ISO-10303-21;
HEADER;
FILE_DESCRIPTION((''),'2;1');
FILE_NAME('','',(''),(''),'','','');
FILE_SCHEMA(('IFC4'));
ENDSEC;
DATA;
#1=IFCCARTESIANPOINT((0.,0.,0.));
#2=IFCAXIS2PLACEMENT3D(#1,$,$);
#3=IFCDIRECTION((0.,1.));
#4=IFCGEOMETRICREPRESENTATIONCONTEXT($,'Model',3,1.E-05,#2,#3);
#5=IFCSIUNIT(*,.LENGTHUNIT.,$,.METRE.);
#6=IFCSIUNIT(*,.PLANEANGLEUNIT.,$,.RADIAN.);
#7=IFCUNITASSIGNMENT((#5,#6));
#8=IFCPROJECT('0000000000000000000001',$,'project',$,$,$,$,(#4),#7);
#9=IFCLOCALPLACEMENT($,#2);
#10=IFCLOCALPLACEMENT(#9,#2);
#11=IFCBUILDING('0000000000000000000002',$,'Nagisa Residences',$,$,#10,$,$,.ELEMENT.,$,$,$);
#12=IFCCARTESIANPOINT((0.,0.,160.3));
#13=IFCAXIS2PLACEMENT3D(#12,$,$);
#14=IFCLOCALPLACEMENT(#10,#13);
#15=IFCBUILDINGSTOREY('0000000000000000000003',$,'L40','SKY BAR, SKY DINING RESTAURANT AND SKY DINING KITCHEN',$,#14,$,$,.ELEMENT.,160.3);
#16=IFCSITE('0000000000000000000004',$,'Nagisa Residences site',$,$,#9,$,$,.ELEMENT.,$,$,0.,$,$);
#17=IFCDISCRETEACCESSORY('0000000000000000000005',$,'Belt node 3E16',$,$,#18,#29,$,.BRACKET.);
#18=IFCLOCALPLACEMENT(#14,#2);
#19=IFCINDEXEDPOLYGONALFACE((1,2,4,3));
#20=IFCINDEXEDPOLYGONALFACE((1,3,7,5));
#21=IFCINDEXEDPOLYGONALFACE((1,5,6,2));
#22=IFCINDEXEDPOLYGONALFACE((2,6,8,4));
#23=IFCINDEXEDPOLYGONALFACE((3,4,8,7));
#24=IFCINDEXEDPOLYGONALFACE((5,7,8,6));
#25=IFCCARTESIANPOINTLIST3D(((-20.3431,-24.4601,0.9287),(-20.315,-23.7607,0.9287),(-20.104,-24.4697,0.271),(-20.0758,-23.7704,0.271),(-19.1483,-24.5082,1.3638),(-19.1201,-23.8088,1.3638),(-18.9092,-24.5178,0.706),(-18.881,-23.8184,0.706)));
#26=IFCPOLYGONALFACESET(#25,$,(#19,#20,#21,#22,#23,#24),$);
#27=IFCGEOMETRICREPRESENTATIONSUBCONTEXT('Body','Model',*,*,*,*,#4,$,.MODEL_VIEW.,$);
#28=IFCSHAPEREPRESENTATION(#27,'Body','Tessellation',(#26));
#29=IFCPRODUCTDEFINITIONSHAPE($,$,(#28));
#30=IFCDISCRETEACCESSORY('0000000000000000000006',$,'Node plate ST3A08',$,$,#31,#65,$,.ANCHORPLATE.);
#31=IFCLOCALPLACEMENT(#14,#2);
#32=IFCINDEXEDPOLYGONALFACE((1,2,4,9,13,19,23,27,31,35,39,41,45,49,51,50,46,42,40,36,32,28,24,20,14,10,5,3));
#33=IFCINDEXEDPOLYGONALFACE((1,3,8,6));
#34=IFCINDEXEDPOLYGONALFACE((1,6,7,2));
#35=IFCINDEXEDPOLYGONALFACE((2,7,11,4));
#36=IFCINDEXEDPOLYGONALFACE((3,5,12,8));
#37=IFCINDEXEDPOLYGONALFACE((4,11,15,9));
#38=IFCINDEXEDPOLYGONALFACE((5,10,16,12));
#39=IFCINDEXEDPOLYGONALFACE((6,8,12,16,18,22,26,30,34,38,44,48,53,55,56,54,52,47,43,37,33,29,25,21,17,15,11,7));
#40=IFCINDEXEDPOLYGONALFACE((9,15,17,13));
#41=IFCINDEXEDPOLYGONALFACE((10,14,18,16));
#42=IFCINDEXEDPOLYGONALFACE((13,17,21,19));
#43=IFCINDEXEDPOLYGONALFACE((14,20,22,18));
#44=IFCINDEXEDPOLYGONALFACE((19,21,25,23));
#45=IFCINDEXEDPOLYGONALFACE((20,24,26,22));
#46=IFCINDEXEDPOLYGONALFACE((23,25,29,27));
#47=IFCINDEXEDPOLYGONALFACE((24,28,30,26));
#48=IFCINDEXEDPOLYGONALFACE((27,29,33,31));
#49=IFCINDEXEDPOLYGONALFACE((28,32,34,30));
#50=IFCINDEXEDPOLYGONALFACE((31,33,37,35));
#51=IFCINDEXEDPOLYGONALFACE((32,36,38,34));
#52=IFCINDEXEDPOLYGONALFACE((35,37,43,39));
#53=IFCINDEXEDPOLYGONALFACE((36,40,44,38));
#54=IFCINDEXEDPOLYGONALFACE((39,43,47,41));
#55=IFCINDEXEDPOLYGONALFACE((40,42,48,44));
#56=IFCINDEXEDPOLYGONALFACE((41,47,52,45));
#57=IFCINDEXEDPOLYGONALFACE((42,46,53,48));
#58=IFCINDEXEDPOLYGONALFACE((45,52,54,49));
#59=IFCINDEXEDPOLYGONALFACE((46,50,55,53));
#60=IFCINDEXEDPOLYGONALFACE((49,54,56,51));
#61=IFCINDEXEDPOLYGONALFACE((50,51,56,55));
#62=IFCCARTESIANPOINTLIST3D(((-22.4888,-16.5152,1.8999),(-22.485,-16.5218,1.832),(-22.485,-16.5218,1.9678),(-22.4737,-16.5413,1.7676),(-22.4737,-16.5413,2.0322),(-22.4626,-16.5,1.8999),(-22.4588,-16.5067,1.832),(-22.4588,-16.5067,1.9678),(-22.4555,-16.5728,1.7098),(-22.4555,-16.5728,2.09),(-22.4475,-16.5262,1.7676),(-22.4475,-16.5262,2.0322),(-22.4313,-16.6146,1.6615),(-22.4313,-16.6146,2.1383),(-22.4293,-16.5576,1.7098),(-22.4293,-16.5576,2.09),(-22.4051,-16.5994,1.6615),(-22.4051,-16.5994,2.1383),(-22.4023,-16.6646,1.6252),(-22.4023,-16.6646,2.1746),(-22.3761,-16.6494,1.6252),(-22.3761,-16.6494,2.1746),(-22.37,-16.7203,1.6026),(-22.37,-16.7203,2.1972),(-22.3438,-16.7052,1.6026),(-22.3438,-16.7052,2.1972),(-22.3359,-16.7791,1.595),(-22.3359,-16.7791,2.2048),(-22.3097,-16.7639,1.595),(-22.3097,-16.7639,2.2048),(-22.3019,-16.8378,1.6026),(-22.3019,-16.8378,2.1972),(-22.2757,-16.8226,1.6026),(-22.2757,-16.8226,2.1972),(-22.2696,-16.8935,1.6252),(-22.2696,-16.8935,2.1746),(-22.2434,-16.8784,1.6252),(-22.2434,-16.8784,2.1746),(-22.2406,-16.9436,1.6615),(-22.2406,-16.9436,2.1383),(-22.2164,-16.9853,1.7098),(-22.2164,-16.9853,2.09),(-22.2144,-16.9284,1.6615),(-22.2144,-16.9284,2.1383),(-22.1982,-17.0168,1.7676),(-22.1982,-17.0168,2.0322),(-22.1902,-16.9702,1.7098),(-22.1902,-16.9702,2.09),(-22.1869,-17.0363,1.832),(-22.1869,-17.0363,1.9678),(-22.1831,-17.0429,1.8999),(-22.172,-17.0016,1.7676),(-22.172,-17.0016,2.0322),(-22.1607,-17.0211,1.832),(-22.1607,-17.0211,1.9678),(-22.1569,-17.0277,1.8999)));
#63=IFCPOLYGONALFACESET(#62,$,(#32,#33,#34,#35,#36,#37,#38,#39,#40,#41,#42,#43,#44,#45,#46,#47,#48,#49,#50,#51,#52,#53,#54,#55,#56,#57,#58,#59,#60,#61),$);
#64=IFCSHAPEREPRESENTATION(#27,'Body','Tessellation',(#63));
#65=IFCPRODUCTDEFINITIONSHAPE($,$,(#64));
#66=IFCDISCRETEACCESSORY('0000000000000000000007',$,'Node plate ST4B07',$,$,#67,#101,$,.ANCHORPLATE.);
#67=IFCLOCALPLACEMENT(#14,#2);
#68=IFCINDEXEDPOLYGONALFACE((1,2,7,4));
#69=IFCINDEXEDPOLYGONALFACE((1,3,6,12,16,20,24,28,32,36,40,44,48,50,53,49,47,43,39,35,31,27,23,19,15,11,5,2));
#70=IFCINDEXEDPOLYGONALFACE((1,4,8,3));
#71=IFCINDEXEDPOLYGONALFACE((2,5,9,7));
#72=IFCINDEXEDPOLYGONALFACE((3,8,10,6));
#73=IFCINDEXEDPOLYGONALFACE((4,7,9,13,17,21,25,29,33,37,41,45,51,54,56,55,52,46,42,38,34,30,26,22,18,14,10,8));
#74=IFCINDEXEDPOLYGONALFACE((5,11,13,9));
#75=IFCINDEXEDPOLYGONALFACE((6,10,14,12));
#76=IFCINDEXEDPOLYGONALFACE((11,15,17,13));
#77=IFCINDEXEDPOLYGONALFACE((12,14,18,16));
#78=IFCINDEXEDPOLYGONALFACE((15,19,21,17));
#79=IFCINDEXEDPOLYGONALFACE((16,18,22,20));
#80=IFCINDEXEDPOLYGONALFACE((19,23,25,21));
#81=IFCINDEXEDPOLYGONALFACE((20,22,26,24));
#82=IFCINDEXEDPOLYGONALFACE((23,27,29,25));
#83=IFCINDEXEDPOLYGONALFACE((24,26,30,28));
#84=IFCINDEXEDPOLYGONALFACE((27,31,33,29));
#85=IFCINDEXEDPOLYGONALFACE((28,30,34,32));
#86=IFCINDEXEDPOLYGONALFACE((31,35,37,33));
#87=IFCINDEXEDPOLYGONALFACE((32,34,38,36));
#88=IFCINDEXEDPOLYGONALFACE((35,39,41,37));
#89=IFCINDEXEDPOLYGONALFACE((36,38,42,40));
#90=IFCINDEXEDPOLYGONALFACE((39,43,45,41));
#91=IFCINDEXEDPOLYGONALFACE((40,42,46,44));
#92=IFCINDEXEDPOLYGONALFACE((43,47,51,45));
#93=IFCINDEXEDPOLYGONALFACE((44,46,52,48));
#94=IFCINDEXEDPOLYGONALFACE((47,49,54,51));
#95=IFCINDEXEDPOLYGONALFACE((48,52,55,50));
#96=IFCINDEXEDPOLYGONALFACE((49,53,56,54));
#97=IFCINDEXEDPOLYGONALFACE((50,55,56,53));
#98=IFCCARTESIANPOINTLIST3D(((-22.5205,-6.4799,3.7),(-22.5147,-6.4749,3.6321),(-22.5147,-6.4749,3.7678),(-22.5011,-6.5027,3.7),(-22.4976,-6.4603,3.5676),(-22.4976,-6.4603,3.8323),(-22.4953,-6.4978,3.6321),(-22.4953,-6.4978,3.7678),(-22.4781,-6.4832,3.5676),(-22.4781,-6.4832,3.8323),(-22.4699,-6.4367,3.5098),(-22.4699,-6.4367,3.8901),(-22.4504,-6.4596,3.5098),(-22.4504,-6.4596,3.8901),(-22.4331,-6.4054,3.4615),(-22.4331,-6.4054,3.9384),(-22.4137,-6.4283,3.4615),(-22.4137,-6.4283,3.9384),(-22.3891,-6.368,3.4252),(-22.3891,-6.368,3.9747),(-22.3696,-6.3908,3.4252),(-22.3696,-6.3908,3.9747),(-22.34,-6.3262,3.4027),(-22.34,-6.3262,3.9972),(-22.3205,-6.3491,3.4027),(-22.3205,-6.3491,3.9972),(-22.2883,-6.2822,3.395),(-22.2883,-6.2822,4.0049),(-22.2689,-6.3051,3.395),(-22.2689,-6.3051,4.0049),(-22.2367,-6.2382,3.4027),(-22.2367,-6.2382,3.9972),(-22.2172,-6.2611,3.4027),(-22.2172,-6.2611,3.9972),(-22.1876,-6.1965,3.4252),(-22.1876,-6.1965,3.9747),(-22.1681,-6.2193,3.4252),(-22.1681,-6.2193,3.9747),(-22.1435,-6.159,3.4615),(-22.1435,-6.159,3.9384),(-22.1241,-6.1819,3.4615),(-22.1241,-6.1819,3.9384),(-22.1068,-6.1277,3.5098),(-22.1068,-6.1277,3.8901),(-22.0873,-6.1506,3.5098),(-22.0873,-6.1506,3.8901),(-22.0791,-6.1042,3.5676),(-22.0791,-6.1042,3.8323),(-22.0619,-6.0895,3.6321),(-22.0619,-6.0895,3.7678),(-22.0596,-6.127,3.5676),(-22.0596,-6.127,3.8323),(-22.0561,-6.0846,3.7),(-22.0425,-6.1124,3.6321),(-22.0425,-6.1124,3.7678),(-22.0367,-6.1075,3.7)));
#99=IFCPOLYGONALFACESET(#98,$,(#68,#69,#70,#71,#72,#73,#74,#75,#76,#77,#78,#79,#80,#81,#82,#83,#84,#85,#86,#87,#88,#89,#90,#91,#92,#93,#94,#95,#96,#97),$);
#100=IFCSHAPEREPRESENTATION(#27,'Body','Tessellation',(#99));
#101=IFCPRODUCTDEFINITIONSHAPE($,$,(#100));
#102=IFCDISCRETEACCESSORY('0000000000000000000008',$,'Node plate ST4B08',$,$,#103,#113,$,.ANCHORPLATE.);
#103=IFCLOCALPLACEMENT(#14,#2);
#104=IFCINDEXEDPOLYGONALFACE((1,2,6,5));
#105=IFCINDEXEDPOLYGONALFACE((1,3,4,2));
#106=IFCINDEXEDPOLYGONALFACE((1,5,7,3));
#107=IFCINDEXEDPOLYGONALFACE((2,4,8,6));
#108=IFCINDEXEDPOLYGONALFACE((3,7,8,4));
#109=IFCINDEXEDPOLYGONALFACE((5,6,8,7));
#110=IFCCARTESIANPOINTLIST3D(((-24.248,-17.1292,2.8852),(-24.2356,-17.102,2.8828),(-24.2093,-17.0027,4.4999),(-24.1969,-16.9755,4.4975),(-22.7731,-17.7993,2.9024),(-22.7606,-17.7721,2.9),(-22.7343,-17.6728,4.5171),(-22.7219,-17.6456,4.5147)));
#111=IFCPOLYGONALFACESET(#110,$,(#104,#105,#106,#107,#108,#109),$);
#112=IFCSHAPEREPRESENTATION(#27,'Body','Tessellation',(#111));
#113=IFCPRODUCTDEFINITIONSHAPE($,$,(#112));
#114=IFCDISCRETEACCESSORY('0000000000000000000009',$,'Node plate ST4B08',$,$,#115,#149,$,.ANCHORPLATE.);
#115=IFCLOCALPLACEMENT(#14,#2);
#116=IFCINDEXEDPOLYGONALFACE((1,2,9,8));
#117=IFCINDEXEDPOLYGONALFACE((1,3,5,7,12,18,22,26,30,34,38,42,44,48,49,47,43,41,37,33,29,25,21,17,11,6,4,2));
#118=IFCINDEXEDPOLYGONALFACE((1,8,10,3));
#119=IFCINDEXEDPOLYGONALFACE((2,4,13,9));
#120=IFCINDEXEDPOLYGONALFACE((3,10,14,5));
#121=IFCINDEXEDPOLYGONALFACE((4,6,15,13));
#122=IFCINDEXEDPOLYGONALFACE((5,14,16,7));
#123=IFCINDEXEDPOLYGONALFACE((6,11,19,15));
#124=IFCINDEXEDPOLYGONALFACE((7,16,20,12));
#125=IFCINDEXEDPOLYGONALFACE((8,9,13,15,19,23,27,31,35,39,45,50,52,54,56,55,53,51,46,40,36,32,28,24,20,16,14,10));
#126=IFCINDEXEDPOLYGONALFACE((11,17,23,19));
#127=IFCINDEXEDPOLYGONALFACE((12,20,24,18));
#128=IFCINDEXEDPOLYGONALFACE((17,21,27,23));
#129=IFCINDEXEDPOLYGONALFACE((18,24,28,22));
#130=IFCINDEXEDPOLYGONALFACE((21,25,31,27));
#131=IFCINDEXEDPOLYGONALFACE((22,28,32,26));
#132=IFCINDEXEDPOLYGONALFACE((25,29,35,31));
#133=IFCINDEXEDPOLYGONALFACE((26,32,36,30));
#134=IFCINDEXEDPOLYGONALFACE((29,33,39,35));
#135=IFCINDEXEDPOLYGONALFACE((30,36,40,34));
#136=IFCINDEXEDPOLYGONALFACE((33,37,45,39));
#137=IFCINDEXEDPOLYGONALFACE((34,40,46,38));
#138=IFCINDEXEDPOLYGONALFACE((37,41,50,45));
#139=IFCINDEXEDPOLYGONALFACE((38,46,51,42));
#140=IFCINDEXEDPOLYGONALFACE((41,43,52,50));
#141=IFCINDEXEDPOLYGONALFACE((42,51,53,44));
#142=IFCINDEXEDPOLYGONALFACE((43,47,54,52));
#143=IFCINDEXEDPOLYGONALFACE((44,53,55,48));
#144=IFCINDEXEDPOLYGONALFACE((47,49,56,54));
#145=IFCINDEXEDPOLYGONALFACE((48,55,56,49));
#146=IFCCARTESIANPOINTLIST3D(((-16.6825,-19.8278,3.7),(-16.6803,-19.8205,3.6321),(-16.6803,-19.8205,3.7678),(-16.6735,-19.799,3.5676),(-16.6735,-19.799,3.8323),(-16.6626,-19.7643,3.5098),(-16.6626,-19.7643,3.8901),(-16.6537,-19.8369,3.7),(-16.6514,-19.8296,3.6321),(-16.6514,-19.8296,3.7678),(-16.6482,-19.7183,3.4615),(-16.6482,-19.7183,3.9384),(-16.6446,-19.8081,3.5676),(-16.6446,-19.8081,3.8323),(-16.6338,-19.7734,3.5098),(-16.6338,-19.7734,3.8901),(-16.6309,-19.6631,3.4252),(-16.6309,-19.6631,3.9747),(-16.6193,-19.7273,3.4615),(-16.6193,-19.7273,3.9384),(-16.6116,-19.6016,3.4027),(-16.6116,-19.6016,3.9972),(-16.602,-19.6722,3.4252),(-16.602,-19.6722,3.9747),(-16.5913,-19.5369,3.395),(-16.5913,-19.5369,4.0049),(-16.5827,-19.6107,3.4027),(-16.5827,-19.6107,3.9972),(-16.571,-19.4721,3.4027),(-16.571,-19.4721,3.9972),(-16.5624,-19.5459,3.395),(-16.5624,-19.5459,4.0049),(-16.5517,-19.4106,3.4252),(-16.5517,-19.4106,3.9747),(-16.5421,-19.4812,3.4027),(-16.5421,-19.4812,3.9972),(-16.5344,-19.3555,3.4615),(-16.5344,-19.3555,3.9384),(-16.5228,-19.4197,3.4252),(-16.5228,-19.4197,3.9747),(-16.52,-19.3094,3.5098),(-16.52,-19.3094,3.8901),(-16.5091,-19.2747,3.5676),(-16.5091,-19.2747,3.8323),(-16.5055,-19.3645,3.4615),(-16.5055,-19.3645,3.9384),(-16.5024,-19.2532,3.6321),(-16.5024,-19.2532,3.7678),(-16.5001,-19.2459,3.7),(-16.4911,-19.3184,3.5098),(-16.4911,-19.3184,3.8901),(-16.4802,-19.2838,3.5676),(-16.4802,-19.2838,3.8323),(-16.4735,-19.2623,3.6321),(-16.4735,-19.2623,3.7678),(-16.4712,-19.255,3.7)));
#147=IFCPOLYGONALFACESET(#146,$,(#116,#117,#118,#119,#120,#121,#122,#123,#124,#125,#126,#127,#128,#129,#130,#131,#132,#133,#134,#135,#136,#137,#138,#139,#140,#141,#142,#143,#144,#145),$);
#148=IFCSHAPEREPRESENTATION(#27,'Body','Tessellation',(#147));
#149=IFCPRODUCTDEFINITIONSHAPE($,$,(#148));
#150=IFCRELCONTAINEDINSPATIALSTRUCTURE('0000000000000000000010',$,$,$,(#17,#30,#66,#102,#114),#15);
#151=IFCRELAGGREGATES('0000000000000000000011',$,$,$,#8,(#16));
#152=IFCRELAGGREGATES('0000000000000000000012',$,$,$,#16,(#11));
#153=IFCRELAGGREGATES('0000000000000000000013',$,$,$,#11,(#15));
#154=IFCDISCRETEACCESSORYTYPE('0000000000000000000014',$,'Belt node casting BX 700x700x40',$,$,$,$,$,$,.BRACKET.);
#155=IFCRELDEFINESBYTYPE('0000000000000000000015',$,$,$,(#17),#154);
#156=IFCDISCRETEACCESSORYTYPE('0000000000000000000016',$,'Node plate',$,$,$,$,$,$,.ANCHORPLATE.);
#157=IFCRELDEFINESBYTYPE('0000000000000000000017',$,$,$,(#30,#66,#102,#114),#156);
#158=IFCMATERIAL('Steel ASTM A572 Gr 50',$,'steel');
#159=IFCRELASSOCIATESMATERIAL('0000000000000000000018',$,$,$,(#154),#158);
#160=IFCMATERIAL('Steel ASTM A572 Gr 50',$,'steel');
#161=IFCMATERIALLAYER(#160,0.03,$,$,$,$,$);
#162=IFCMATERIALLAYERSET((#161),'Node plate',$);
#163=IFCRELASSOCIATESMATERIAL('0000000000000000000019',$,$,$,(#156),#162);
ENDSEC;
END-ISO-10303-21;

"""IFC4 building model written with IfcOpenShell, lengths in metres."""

from ifc_helpers import new_model, si_unit, direction, frame, origin, origin_2d, place, context, subcontext, project, spatial, rectangle, circle, extrude, material, layer, layer_set, type_object, element, save


model = new_model("IFC4")

# Units and contexts
model_context = context("Model", 3, precision=1e-05, world=origin(), true_north=direction((0.0, 1.0)))
body_context = subcontext(model_context, "Body", "Model", "MODEL_VIEW")
ifc_project = project(units=[si_unit("LENGTHUNIT", "METRE"), si_unit("PLANEANGLEUNIT", "RADIAN")], contexts=[model_context])

# Site, building, storey
site_placement = place(None, origin())
site = spatial("IfcSite", under=ifc_project, at=site_placement, Name="Nagisa Residences site", CompositionType="ELEMENT", RefElevation=0.0)
building_placement = place(site_placement, origin())
building = spatial("IfcBuilding", under=site, at=building_placement, Name="Nagisa Residences", CompositionType="ELEMENT")
storey_placement = place(building_placement, frame((0.0, 0.0, 160.3)))
storey = spatial("IfcBuildingStorey", under=building, at=storey_placement, Name="L40", Description="SKY BAR, SKY DINING RESTAURANT AND SKY DINING KITCHEN", CompositionType="ELEMENT", Elevation=160.3)

# Discrete accessories
ifc_material_1 = material(Name="Steel ASTM A572 Gr 50", Category="steel")
discrete_accessory_type_1 = type_object("IfcDiscreteAccessoryType", Name="Belt node casting BX 700x700x40", PredefinedType="BRACKET", material=ifc_material_1)
discrete_accessory_1_placement = place(storey_placement, frame((-20.2095, -24.1152, 0.5999), z_axis=(0.938976, -0.037797, 0.341899), x_axis=(0.040221, 0.999191, 0.0)))
element("IfcDiscreteAccessory", 1, at=discrete_accessory_1_placement, inside=storey, type_object=discrete_accessory_type_1, Name="Belt node 3E16", PredefinedType="BRACKET", context=body_context, shape_type="SweptSolid", body=[
    extrude(rectangle(XDim=0.7, YDim=0.7, at=origin_2d()), origin(), (0.0, 0.0, 1.0), 1.2725),
])
ifc_material_2 = material(Name="Steel ASTM A572 Gr 50", Category="steel")
ifc_layer = layer(ifc_material_2, 0.03)
ifc_layer_set = layer_set([ifc_layer], Name="Node plate")
discrete_accessory_type_2 = type_object("IfcDiscreteAccessoryType", Name="Node plate", PredefinedType="ANCHORPLATE", material=ifc_layer_set)
discrete_accessory_2_placement = place(storey_placement, frame((-22.3359, -16.7791, 1.8999), z_axis=(0.865242, 0.501355, 0.0), x_axis=(-0.501355, 0.865242, 0.0)))
element("IfcDiscreteAccessory", 2, at=discrete_accessory_2_placement, inside=storey, type_object=discrete_accessory_type_2, Name="Node plate ST3A08", PredefinedType="ANCHORPLATE", context=body_context, shape_type="SweptSolid", body=[
    extrude(circle(Radius=0.3049, at=origin_2d()), origin(), (0.0, 0.0, 1.0), 0.0303),
])
discrete_accessory_3_placement = place(storey_placement, frame((-22.2883, -6.2822, 3.7), z_axis=(0.648119, -0.761539, 0.0), x_axis=(0.761539, 0.648119, 0.0)))
element("IfcDiscreteAccessory", 3, at=discrete_accessory_3_placement, inside=storey, type_object=discrete_accessory_type_2, Name="Node plate ST4B07", PredefinedType="ANCHORPLATE", context=body_context, shape_type="SweptSolid", body=[
    extrude(circle(Radius=0.3049, at=origin_2d()), origin(), (0.0, 0.0, 1.0), 0.03),
])
discrete_accessory_4_placement = place(storey_placement, frame((-23.4788, -17.3738, 3.6987), z_axis=(-0.413054, -0.907098, 0.080991), x_axis=(0.910393, -0.413609, 0.010584)))
element("IfcDiscreteAccessory", 4, at=discrete_accessory_4_placement, inside=storey, type_object=discrete_accessory_type_2, Name="Node plate ST4B08", PredefinedType="ANCHORPLATE", context=body_context, shape_type="SweptSolid", body=[
    extrude(rectangle(XDim=1.6201, YDim=1.6201, at=origin_2d()), origin(), (0.0, 0.0, 1.0), 0.03),
])
discrete_accessory_5_placement = place(storey_placement, frame((-16.5913, -19.5369, 3.7), z_axis=(0.954192, -0.299196, 0.0), x_axis=(0.299196, 0.954192, 0.0)))
element("IfcDiscreteAccessory", 5, at=discrete_accessory_5_placement, inside=storey, type_object=discrete_accessory_type_2, Name="Node plate ST4B08", PredefinedType="ANCHORPLATE", context=body_context, shape_type="SweptSolid", body=[
    extrude(circle(Radius=0.3049, at=origin_2d()), origin(), (0.0, 0.0, 1.0), 0.0303),
])

save(model, "model.ifc")
